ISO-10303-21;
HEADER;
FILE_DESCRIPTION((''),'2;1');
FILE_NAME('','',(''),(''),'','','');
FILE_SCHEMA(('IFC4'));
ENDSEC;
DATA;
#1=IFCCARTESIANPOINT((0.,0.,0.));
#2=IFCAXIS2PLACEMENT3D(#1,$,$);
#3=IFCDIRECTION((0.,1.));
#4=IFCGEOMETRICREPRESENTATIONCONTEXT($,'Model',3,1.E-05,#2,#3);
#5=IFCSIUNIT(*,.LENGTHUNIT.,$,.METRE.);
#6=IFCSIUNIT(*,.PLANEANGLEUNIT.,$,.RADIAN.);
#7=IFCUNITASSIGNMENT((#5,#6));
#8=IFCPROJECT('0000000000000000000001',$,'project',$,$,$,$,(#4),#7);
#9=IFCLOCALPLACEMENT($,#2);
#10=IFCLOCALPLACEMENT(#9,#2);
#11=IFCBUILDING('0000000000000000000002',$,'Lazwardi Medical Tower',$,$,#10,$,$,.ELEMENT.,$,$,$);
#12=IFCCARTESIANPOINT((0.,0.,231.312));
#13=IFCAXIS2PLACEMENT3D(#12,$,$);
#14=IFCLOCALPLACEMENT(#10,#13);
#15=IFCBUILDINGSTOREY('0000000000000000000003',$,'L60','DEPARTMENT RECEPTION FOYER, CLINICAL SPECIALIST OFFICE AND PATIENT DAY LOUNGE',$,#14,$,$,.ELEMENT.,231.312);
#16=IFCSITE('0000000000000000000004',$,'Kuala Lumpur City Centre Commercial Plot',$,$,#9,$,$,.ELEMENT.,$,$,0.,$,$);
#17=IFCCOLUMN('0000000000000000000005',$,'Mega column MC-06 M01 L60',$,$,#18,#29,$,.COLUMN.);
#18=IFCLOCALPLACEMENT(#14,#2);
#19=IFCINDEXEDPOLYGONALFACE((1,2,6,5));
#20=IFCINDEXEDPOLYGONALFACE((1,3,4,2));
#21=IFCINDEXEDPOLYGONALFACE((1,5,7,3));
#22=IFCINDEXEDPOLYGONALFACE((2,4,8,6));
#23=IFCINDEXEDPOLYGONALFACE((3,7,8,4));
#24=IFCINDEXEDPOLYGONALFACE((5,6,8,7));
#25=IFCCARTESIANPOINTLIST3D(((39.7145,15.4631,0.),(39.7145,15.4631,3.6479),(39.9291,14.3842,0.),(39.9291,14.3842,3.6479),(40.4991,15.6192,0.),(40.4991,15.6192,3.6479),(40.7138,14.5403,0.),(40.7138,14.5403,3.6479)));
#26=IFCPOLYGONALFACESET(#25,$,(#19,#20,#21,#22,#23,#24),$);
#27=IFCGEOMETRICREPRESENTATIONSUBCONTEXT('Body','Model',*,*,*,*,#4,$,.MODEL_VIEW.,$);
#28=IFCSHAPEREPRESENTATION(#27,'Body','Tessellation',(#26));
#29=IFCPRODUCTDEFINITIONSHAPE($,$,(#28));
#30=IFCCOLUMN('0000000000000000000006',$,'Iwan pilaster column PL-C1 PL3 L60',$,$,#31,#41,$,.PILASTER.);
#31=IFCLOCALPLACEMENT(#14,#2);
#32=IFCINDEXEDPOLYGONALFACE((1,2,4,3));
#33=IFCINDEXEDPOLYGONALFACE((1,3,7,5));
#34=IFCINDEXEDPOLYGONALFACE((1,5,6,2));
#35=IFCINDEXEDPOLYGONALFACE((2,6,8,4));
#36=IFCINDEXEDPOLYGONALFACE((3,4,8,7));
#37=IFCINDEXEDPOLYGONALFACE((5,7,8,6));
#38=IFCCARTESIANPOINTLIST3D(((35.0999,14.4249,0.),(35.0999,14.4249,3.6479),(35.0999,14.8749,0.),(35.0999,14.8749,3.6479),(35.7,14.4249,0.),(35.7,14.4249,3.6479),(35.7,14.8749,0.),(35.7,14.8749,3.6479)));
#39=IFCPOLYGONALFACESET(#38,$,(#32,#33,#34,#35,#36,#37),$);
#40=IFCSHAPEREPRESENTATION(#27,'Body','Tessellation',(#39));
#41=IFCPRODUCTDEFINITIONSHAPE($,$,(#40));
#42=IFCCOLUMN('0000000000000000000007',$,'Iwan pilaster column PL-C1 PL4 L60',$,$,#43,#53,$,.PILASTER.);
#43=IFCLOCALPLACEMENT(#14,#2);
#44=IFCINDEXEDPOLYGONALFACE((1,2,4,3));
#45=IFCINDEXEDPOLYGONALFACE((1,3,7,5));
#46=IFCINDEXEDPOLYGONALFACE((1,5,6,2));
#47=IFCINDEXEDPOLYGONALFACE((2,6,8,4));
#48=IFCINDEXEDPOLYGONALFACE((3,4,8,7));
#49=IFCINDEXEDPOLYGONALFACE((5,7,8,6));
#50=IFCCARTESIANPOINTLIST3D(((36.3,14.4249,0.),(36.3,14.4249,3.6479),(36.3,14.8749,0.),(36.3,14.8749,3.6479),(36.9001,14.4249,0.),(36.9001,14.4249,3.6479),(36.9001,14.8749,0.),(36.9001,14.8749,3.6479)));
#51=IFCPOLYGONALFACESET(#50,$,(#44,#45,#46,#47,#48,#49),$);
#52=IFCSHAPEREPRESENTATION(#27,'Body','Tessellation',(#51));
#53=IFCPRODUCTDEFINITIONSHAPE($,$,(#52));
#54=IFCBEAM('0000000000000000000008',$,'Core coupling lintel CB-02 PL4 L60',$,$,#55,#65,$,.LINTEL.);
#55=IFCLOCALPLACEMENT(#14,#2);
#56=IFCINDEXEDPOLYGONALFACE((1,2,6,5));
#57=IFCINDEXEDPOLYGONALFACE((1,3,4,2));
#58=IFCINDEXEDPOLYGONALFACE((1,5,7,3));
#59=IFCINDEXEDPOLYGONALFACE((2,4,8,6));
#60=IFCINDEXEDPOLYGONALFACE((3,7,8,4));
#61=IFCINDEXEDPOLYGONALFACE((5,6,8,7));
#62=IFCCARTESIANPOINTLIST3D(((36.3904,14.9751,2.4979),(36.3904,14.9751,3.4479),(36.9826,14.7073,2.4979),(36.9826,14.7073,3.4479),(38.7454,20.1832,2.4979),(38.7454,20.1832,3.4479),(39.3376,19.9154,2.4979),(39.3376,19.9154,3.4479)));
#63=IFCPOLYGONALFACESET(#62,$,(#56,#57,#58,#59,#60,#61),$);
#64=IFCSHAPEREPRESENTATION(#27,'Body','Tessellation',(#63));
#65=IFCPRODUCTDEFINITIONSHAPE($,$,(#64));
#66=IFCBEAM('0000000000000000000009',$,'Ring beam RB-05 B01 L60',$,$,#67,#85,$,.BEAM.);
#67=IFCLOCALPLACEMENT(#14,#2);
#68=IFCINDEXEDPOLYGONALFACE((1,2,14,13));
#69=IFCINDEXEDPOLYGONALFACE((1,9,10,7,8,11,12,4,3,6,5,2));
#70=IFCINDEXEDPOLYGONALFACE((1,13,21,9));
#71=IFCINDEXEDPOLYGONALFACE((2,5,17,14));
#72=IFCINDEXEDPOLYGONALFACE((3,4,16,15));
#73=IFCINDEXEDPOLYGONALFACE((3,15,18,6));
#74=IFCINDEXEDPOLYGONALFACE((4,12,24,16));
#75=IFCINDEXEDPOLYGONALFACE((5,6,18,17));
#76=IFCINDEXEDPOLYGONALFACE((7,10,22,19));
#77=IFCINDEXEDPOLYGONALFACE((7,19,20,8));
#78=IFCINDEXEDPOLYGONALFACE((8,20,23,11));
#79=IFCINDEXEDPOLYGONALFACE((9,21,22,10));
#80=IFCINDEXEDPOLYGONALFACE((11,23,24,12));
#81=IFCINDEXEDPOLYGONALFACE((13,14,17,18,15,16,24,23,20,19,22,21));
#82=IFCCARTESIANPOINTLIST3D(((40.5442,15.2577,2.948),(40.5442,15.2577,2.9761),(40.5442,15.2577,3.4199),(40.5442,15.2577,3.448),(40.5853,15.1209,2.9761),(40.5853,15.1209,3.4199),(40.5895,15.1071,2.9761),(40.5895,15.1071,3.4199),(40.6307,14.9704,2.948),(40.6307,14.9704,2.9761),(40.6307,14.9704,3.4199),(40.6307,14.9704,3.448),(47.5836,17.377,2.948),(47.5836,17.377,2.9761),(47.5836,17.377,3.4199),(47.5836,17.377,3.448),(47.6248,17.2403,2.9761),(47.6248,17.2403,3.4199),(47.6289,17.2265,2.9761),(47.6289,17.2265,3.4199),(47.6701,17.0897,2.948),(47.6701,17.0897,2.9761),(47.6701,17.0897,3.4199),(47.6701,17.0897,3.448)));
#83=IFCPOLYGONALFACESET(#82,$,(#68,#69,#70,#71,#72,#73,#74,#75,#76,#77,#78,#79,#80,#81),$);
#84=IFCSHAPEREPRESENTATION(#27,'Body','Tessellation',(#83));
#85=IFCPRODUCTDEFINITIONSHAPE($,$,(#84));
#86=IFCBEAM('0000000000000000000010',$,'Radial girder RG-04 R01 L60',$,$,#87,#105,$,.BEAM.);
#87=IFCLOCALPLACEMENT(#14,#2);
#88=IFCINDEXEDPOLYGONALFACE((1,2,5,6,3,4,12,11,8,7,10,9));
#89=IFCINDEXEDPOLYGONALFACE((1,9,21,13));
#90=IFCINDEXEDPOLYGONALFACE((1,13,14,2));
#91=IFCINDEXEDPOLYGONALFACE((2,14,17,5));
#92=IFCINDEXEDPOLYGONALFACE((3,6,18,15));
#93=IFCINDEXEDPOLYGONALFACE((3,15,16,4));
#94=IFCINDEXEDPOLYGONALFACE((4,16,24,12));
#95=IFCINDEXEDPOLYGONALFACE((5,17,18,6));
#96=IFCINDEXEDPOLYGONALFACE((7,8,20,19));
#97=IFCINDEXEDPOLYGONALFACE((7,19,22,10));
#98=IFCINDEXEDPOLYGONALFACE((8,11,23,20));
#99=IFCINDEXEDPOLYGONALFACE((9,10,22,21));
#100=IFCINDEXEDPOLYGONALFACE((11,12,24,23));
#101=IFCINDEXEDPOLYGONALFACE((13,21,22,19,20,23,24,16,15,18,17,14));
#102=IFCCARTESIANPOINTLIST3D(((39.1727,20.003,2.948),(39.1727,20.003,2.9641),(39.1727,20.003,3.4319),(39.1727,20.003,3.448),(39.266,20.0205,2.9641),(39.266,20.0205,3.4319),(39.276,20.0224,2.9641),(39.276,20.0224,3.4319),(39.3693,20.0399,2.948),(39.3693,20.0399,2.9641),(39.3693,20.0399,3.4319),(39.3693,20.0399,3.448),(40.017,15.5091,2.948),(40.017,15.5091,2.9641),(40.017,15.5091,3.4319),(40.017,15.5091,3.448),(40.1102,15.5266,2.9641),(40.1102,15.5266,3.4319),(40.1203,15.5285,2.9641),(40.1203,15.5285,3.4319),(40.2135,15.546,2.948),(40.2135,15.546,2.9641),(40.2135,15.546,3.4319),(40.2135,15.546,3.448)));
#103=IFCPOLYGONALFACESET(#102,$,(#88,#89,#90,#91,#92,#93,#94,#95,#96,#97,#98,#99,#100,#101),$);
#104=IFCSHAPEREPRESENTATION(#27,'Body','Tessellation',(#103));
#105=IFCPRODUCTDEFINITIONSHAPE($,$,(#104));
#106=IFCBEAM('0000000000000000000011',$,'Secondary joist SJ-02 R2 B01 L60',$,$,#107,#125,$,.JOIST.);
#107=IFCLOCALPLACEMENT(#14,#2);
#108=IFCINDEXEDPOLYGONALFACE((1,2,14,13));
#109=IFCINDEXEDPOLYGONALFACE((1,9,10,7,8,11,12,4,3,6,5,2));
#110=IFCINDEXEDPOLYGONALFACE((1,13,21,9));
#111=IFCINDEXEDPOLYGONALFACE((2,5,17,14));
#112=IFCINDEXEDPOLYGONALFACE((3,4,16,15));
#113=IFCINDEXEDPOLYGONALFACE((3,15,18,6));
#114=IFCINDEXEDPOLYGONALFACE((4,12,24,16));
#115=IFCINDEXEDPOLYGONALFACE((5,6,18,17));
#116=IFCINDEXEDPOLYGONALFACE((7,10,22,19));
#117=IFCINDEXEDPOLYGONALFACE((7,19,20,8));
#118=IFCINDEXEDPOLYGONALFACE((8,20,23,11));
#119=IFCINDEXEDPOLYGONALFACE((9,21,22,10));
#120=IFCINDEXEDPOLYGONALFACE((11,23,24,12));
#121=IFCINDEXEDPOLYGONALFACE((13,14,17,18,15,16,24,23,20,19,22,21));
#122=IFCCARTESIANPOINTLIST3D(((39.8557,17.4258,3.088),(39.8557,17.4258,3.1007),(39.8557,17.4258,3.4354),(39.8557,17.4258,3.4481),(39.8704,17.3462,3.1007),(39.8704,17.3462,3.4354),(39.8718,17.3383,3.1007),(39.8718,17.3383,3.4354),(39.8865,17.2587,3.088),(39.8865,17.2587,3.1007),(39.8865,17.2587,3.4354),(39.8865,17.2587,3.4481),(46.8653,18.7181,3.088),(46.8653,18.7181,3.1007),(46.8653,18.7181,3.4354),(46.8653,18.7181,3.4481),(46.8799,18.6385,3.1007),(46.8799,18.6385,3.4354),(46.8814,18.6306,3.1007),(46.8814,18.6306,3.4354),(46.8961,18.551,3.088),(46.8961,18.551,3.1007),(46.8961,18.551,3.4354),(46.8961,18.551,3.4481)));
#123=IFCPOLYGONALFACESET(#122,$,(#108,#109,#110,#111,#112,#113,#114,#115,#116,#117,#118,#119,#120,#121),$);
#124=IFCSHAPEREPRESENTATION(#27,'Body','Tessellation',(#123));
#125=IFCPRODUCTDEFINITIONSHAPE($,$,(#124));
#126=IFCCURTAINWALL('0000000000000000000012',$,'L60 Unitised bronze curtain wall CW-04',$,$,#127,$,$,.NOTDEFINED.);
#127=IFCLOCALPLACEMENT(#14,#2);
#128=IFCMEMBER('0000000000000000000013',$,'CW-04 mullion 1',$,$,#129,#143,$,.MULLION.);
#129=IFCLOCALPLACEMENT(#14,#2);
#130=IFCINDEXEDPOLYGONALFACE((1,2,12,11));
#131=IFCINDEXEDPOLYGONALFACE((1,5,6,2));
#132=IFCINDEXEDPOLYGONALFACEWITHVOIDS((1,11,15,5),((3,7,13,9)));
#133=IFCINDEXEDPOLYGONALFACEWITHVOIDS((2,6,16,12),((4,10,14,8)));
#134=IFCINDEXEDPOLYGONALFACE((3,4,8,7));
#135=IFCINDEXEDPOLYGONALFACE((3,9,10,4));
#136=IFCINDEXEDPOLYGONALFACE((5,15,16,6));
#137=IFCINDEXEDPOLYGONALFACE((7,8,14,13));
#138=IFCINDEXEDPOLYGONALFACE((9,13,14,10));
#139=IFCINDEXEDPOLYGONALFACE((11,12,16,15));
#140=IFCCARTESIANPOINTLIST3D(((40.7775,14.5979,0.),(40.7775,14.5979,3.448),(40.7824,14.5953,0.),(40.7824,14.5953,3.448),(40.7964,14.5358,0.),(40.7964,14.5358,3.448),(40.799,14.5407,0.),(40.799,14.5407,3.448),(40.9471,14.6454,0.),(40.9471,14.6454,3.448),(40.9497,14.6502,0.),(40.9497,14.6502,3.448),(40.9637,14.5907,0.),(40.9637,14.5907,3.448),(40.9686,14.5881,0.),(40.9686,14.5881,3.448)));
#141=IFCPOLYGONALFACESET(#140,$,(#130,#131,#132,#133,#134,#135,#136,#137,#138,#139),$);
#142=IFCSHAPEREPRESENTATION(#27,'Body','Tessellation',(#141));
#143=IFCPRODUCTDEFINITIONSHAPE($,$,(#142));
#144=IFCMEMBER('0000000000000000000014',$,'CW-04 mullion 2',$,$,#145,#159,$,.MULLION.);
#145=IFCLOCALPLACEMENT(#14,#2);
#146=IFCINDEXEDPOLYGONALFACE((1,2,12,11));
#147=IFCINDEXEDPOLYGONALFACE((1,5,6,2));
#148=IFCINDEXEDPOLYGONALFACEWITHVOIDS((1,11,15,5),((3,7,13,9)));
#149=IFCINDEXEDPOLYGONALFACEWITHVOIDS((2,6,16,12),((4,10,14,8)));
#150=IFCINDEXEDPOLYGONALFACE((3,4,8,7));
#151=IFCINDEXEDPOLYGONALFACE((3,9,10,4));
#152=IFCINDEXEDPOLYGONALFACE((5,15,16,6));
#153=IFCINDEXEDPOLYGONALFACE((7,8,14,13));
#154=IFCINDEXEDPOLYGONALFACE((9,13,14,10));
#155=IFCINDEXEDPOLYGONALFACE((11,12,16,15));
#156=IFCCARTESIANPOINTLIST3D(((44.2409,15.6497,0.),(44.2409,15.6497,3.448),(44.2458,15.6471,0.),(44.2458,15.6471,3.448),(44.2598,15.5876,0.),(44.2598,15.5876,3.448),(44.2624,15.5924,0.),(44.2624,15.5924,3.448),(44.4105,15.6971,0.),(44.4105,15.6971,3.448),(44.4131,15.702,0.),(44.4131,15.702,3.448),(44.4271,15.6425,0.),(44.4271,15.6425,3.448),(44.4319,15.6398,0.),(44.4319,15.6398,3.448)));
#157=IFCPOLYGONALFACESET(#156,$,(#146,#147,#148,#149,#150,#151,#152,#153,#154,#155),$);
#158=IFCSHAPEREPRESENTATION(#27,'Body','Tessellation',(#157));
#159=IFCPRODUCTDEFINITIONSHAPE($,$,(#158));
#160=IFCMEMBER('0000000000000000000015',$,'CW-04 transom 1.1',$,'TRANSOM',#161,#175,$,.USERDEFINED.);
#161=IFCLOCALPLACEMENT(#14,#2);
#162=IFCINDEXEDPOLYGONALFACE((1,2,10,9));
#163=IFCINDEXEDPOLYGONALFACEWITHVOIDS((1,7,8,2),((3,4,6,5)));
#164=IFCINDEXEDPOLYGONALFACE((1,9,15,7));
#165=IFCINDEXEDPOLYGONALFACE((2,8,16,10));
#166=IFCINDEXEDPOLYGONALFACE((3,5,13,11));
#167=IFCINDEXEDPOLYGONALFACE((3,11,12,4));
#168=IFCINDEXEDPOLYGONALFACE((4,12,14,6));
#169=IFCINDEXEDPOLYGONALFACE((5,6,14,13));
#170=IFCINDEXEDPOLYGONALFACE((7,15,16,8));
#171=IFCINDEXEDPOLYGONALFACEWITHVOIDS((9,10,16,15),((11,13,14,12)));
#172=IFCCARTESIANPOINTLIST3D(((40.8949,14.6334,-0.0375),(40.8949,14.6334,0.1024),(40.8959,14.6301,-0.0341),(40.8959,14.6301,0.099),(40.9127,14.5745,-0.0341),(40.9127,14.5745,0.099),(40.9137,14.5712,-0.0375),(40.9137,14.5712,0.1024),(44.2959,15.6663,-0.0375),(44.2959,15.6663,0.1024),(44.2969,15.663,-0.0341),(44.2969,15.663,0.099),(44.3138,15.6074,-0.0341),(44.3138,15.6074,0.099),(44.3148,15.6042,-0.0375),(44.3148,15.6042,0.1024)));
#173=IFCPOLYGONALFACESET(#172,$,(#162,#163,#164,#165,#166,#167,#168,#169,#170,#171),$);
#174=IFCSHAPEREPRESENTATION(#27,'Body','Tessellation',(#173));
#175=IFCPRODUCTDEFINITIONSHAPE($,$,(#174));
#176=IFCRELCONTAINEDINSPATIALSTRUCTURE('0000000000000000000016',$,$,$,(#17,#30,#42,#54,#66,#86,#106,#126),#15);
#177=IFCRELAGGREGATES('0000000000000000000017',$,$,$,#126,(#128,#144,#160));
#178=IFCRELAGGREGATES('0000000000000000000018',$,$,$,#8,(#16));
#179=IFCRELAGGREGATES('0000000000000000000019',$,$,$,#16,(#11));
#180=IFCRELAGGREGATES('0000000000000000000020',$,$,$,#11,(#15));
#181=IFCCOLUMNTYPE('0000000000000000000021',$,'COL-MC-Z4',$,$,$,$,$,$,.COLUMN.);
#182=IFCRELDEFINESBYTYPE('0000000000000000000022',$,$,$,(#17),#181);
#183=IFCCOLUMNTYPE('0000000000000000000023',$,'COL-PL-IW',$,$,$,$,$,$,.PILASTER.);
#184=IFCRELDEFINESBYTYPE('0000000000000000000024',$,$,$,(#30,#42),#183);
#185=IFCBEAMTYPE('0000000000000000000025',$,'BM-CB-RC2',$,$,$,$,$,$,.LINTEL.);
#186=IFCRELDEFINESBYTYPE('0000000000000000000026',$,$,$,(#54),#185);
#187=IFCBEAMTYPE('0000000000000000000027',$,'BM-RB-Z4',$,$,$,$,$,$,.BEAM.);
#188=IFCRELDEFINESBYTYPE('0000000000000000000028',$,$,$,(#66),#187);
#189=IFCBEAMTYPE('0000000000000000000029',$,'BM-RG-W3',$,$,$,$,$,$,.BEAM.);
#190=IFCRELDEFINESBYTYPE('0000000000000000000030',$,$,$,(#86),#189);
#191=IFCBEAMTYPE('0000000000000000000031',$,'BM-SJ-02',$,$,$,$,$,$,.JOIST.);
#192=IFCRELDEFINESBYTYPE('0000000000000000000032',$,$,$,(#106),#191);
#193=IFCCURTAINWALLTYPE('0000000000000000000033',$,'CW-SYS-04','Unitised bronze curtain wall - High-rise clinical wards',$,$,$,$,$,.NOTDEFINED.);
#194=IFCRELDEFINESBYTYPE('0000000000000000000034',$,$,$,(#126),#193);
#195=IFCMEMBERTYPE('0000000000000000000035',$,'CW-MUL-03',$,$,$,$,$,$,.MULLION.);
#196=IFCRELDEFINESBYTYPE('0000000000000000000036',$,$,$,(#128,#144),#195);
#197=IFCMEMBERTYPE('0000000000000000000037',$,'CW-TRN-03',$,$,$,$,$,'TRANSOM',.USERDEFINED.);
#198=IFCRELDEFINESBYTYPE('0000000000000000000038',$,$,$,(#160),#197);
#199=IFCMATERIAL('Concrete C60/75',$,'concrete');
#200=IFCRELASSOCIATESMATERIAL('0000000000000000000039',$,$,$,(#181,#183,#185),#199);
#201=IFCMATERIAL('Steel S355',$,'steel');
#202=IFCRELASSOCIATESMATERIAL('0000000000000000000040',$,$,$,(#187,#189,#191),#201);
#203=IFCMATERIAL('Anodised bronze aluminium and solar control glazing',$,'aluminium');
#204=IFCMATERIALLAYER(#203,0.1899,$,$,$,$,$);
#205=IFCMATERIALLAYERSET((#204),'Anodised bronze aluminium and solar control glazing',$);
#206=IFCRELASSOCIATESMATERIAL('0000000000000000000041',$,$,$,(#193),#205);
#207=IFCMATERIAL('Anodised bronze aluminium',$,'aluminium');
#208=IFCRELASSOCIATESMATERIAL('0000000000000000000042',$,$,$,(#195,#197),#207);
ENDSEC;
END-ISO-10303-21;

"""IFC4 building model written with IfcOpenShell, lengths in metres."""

from ifc_helpers import new_model, si_unit, direction, frame, origin, origin_2d, place, context, subcontext, project, spatial, rectangle, hollow_rectangle, i_section, extrude, material, layer, layer_set, material_profile, profile_set, type_object, element, aggregate, save


model = new_model("IFC4")

# Units and contexts
model_context = context("Model", 3, precision=1e-05, world=origin(), true_north=direction((0.0, 1.0)))
body_context = subcontext(model_context, "Body", "Model", "MODEL_VIEW")
ifc_project = project(units=[si_unit("LENGTHUNIT", "METRE"), si_unit("PLANEANGLEUNIT", "RADIAN")], contexts=[model_context])

# Site, building, storey
site_placement = place(None, origin())
site = spatial("IfcSite", under=ifc_project, at=site_placement, Name="Kuala Lumpur City Centre Commercial Plot", CompositionType="ELEMENT", RefElevation=0.0)
building_placement = place(site_placement, origin())
building = spatial("IfcBuilding", under=site, at=building_placement, Name="Lazwardi Medical Tower", CompositionType="ELEMENT")
storey_placement = place(building_placement, frame((0.0, 0.0, 231.312)))
storey = spatial("IfcBuildingStorey", under=building, at=storey_placement, Name="L60", Description="DEPARTMENT RECEPTION FOYER, CLINICAL SPECIALIST OFFICE AND PATIENT DAY LOUNGE", CompositionType="ELEMENT", Elevation=231.312)

# Columns
ifc_material_1 = material(Name="Concrete C60/75", Category="concrete")
ifc_material_profile_1 = material_profile(ifc_material_1, rectangle(XDim=1.1001, YDim=0.8, at=origin_2d()), Name="CFT-RECT 1100x800")
ifc_profile_set_1 = profile_set([ifc_material_profile_1], Name="Concrete C60/75")
column_type_1 = type_object("IfcColumnType", Name="COL-MC-Z4", PredefinedType="COLUMN", material=ifc_profile_set_1)
column_placement = place(storey_placement, frame((40.2141, 15.0017, 0.0), z_axis=(0.0, 0.0, 1.0), x_axis=(0.19509, -0.980785, 0.0)))
element("IfcColumn", 1, at=column_placement, inside=storey, type_object=column_type_1, Name="Mega column MC-06 M01 L60", PredefinedType="COLUMN", context=body_context, shape_type="SweptSolid", body=[
    extrude(rectangle(XDim=1.1001, YDim=0.8, at=origin_2d()), origin(), (0.0, 0.0, 1.0), 3.6479),
])
ifc_material_profile_2 = material_profile(ifc_material_1, rectangle(XDim=0.6001, YDim=0.45, at=origin_2d()), Name="RC 600x450")
ifc_profile_set_2 = profile_set([ifc_material_profile_2], Name="Concrete C60/75")
column_type_2 = type_object("IfcColumnType", Name="COL-PL-IW", PredefinedType="PILASTER", material=ifc_profile_set_2)
for number, where, z_axis, x_axis, name in (
    (2, (35.3999, 14.6499, 0.0), (0.0, 0.0, 1.0), (1.0, 0.0, 0.0), "Iwan pilaster column PL-C1 PL3 L60"),
    (3, (36.6001, 14.6499, 0.0), (0.0, 0.0, 1.0), (1.0, 0.0, 0.0), "Iwan pilaster column PL-C1 PL4 L60"),
):
    element("IfcColumn", number, at=place(storey_placement, frame(where, z_axis=z_axis, x_axis=x_axis)), inside=storey, type_object=column_type_2, Name=name, PredefinedType="PILASTER", context=body_context, shape_type="SweptSolid", body=[
        extrude(rectangle(XDim=0.6001, YDim=0.45, at=origin_2d()), origin(), (0.0, 0.0, 1.0), 3.6479),
    ])

# Beams
ifc_material_profile_3 = material_profile(ifc_material_1, rectangle(XDim=0.6499, YDim=0.95, at=origin_2d()), Name="RC 650x950")
ifc_profile_set_3 = profile_set([ifc_material_profile_3], Name="Concrete C60/75")
beam_type_1 = type_object("IfcBeamType", Name="BM-CB-RC2", PredefinedType="LINTEL", material=ifc_profile_set_3)
beam_1_placement = place(storey_placement, frame((39.0415, 20.0493, 2.9729), z_axis=(-0.412019, -0.911175, 0.0), x_axis=(0.911175, -0.412019, 0.0)))
element("IfcBeam", 4, at=beam_1_placement, inside=storey, type_object=beam_type_1, Name="Core coupling lintel CB-02 PL4 L60", PredefinedType="LINTEL", context=body_context, shape_type="SweptSolid", body=[
    extrude(rectangle(XDim=0.6499, YDim=0.95, at=origin_2d()), origin(), (0.0, 0.0, 1.0), 5.7158),
])
ifc_material_2 = material(Name="Steel S355", Category="steel")
ifc_material_profile_4 = material_profile(ifc_material_2, i_section(OverallWidth=0.3, OverallDepth=0.5, WebThickness=0.0144, FlangeThickness=0.0281, at=origin_2d()), Name="HEB 500")
ifc_profile_set_4 = profile_set([ifc_material_profile_4], Name="Steel S355")
beam_type_2 = type_object("IfcBeamType", Name="BM-RB-Z4", PredefinedType="BEAM", material=ifc_profile_set_4)
beam_2_placement = place(storey_placement, frame((40.5874, 15.114, 3.198), z_axis=(0.957544, 0.288286, 0.0), x_axis=(-0.288286, 0.957544, 0.0)))
element("IfcBeam", 5, at=beam_2_placement, inside=storey, type_object=beam_type_2, Name="Ring beam RB-05 B01 L60", PredefinedType="BEAM", context=body_context, shape_type="SweptSolid", body=[
    extrude(i_section(OverallWidth=0.3, OverallDepth=0.5, WebThickness=0.0144, FlangeThickness=0.0281, at=origin_2d()), origin(), (0.0, 0.0, 1.0), 7.3516),
])
ifc_material_profile_5 = material_profile(ifc_material_2, i_section(OverallWidth=0.2, OverallDepth=0.5, WebThickness=0.0103, FlangeThickness=0.0161, at=origin_2d()), Name="IPE 500")
ifc_profile_set_5 = profile_set([ifc_material_profile_5], Name="Steel S355")
beam_type_3 = type_object("IfcBeamType", Name="BM-RG-W3", PredefinedType="BEAM", material=ifc_profile_set_5)
beam_3_placement = place(storey_placement, frame((40.1152, 15.5276, 3.198), z_axis=(-0.184633, 0.982807, 0.0), x_axis=(-0.982807, -0.184633, 0.0)))
element("IfcBeam", 6, at=beam_3_placement, inside=storey, type_object=beam_type_3, Name="Radial girder RG-04 R01 L60", PredefinedType="BEAM", context=body_context, shape_type="SweptSolid", body=[
    extrude(i_section(OverallWidth=0.2, OverallDepth=0.5, WebThickness=0.0103, FlangeThickness=0.0161, at=origin_2d()), origin(), (0.0, 0.0, 1.0), 4.5725),
])
ifc_material_profile_6 = material_profile(ifc_material_2, i_section(OverallWidth=0.1699, OverallDepth=0.3601, WebThickness=0.0081, FlangeThickness=0.0127, at=origin_2d()), Name="IPE 360")
ifc_profile_set_6 = profile_set([ifc_material_profile_6], Name="Steel S355")
beam_type_4 = type_object("IfcBeamType", Name="BM-SJ-02", PredefinedType="JOIST", material=ifc_profile_set_6)
beam_4_placement = place(storey_placement, frame((39.8711, 17.3423, 3.2681), z_axis=(0.983428, 0.181299, 0.0), x_axis=(-0.181299, 0.983428, 0.0)))
element("IfcBeam", 7, at=beam_4_placement, inside=storey, type_object=beam_type_4, Name="Secondary joist SJ-02 R2 B01 L60", PredefinedType="JOIST", context=body_context, shape_type="SweptSolid", body=[
    extrude(i_section(OverallWidth=0.1699, OverallDepth=0.3601, WebThickness=0.0081, FlangeThickness=0.0127, at=origin_2d()), origin(), (0.0, 0.0, 1.0), 7.1277),
])

# Curtain wall, members
ifc_material_3 = material(Name="Anodised bronze aluminium and solar control glazing", Category="aluminium")
ifc_layer_1 = layer(ifc_material_3, 0.1899)
ifc_layer_set_1 = layer_set([ifc_layer_1], Name="Anodised bronze aluminium and solar control glazing")
curtain_wall_type = type_object("IfcCurtainWallType", Name="CW-SYS-04", Description="Unitised bronze curtain wall - High-rise clinical wards", PredefinedType="NOTDEFINED", material=ifc_layer_set_1)
curtain_wall_placement = place(storey_placement, origin())
curtain_wall = element("IfcCurtainWall", 8, at=curtain_wall_placement, inside=storey, type_object=curtain_wall_type, Name="L60 Unitised bronze curtain wall CW-04", PredefinedType="NOTDEFINED")
ifc_material_4 = material(Name="Anodised bronze aluminium", Category="aluminium")
ifc_material_profile_7 = material_profile(ifc_material_4, hollow_rectangle(XDim=0.0649, YDim=0.1799, WallThickness=0.0039, at=origin_2d()), Name="ALU-MULLION 180x65x4")
ifc_profile_set_7 = profile_set([ifc_material_profile_7], Name="Anodised bronze aluminium")
member_type_1 = type_object("IfcMemberType", Name="CW-MUL-03", PredefinedType="MULLION", material=ifc_profile_set_7)
member_1_placement = place(storey_placement, frame((40.873, 14.593, 0.0), z_axis=(0.0, 0.0, 1.0), x_axis=(-0.290582, 0.95685, 0.0)))
member_1 = element("IfcMember", 9, at=member_1_placement, type_object=member_type_1, Name="CW-04 mullion 1", PredefinedType="MULLION", context=body_context, shape_type="SweptSolid", body=[
    extrude(hollow_rectangle(XDim=0.0649, YDim=0.1799, WallThickness=0.0039, at=origin_2d()), origin(), (0.0, 0.0, 1.0), 3.448),
])
member_2_placement = place(storey_placement, frame((44.3364, 15.6448, 0.0), z_axis=(0.0, 0.0, 1.0), x_axis=(-0.290582, 0.95685, 0.0)))
member_2 = element("IfcMember", 10, at=member_2_placement, type_object=member_type_1, Name="CW-04 mullion 2", PredefinedType="MULLION", context=body_context, shape_type="SweptSolid", body=[
    extrude(hollow_rectangle(XDim=0.0649, YDim=0.1799, WallThickness=0.0039, at=origin_2d()), origin(), (0.0, 0.0, 1.0), 3.448),
])
ifc_material_profile_8 = material_profile(ifc_material_4, hollow_rectangle(XDim=0.0649, YDim=0.1399, WallThickness=0.0034, at=origin_2d()), Name="ALU-TRANSOM 140x65x3.5")
ifc_profile_set_8 = profile_set([ifc_material_profile_8], Name="Anodised bronze aluminium")
member_type_2 = type_object("IfcMemberType", Name="CW-TRN-03", ElementType="TRANSOM", PredefinedType="USERDEFINED", material=ifc_profile_set_8)
member_3_placement = place(storey_placement, frame((40.9043, 14.6023, 0.0325), z_axis=(0.956843, 0.290604, 0.0), x_axis=(-0.290604, 0.956843, 0.0)))
member_3 = element("IfcMember", 11, at=member_3_placement, type_object=member_type_2, Name="CW-04 transom 1.1", ObjectType="TRANSOM", PredefinedType="USERDEFINED", context=body_context, shape_type="SweptSolid", body=[
    extrude(hollow_rectangle(XDim=0.0649, YDim=0.1399, WallThickness=0.0034, at=origin_2d()), origin(), (0.0, 0.0, 1.0), 3.5544),
])
aggregate(curtain_wall, [member_1, member_2, member_3])

save(model, "model.ifc")
